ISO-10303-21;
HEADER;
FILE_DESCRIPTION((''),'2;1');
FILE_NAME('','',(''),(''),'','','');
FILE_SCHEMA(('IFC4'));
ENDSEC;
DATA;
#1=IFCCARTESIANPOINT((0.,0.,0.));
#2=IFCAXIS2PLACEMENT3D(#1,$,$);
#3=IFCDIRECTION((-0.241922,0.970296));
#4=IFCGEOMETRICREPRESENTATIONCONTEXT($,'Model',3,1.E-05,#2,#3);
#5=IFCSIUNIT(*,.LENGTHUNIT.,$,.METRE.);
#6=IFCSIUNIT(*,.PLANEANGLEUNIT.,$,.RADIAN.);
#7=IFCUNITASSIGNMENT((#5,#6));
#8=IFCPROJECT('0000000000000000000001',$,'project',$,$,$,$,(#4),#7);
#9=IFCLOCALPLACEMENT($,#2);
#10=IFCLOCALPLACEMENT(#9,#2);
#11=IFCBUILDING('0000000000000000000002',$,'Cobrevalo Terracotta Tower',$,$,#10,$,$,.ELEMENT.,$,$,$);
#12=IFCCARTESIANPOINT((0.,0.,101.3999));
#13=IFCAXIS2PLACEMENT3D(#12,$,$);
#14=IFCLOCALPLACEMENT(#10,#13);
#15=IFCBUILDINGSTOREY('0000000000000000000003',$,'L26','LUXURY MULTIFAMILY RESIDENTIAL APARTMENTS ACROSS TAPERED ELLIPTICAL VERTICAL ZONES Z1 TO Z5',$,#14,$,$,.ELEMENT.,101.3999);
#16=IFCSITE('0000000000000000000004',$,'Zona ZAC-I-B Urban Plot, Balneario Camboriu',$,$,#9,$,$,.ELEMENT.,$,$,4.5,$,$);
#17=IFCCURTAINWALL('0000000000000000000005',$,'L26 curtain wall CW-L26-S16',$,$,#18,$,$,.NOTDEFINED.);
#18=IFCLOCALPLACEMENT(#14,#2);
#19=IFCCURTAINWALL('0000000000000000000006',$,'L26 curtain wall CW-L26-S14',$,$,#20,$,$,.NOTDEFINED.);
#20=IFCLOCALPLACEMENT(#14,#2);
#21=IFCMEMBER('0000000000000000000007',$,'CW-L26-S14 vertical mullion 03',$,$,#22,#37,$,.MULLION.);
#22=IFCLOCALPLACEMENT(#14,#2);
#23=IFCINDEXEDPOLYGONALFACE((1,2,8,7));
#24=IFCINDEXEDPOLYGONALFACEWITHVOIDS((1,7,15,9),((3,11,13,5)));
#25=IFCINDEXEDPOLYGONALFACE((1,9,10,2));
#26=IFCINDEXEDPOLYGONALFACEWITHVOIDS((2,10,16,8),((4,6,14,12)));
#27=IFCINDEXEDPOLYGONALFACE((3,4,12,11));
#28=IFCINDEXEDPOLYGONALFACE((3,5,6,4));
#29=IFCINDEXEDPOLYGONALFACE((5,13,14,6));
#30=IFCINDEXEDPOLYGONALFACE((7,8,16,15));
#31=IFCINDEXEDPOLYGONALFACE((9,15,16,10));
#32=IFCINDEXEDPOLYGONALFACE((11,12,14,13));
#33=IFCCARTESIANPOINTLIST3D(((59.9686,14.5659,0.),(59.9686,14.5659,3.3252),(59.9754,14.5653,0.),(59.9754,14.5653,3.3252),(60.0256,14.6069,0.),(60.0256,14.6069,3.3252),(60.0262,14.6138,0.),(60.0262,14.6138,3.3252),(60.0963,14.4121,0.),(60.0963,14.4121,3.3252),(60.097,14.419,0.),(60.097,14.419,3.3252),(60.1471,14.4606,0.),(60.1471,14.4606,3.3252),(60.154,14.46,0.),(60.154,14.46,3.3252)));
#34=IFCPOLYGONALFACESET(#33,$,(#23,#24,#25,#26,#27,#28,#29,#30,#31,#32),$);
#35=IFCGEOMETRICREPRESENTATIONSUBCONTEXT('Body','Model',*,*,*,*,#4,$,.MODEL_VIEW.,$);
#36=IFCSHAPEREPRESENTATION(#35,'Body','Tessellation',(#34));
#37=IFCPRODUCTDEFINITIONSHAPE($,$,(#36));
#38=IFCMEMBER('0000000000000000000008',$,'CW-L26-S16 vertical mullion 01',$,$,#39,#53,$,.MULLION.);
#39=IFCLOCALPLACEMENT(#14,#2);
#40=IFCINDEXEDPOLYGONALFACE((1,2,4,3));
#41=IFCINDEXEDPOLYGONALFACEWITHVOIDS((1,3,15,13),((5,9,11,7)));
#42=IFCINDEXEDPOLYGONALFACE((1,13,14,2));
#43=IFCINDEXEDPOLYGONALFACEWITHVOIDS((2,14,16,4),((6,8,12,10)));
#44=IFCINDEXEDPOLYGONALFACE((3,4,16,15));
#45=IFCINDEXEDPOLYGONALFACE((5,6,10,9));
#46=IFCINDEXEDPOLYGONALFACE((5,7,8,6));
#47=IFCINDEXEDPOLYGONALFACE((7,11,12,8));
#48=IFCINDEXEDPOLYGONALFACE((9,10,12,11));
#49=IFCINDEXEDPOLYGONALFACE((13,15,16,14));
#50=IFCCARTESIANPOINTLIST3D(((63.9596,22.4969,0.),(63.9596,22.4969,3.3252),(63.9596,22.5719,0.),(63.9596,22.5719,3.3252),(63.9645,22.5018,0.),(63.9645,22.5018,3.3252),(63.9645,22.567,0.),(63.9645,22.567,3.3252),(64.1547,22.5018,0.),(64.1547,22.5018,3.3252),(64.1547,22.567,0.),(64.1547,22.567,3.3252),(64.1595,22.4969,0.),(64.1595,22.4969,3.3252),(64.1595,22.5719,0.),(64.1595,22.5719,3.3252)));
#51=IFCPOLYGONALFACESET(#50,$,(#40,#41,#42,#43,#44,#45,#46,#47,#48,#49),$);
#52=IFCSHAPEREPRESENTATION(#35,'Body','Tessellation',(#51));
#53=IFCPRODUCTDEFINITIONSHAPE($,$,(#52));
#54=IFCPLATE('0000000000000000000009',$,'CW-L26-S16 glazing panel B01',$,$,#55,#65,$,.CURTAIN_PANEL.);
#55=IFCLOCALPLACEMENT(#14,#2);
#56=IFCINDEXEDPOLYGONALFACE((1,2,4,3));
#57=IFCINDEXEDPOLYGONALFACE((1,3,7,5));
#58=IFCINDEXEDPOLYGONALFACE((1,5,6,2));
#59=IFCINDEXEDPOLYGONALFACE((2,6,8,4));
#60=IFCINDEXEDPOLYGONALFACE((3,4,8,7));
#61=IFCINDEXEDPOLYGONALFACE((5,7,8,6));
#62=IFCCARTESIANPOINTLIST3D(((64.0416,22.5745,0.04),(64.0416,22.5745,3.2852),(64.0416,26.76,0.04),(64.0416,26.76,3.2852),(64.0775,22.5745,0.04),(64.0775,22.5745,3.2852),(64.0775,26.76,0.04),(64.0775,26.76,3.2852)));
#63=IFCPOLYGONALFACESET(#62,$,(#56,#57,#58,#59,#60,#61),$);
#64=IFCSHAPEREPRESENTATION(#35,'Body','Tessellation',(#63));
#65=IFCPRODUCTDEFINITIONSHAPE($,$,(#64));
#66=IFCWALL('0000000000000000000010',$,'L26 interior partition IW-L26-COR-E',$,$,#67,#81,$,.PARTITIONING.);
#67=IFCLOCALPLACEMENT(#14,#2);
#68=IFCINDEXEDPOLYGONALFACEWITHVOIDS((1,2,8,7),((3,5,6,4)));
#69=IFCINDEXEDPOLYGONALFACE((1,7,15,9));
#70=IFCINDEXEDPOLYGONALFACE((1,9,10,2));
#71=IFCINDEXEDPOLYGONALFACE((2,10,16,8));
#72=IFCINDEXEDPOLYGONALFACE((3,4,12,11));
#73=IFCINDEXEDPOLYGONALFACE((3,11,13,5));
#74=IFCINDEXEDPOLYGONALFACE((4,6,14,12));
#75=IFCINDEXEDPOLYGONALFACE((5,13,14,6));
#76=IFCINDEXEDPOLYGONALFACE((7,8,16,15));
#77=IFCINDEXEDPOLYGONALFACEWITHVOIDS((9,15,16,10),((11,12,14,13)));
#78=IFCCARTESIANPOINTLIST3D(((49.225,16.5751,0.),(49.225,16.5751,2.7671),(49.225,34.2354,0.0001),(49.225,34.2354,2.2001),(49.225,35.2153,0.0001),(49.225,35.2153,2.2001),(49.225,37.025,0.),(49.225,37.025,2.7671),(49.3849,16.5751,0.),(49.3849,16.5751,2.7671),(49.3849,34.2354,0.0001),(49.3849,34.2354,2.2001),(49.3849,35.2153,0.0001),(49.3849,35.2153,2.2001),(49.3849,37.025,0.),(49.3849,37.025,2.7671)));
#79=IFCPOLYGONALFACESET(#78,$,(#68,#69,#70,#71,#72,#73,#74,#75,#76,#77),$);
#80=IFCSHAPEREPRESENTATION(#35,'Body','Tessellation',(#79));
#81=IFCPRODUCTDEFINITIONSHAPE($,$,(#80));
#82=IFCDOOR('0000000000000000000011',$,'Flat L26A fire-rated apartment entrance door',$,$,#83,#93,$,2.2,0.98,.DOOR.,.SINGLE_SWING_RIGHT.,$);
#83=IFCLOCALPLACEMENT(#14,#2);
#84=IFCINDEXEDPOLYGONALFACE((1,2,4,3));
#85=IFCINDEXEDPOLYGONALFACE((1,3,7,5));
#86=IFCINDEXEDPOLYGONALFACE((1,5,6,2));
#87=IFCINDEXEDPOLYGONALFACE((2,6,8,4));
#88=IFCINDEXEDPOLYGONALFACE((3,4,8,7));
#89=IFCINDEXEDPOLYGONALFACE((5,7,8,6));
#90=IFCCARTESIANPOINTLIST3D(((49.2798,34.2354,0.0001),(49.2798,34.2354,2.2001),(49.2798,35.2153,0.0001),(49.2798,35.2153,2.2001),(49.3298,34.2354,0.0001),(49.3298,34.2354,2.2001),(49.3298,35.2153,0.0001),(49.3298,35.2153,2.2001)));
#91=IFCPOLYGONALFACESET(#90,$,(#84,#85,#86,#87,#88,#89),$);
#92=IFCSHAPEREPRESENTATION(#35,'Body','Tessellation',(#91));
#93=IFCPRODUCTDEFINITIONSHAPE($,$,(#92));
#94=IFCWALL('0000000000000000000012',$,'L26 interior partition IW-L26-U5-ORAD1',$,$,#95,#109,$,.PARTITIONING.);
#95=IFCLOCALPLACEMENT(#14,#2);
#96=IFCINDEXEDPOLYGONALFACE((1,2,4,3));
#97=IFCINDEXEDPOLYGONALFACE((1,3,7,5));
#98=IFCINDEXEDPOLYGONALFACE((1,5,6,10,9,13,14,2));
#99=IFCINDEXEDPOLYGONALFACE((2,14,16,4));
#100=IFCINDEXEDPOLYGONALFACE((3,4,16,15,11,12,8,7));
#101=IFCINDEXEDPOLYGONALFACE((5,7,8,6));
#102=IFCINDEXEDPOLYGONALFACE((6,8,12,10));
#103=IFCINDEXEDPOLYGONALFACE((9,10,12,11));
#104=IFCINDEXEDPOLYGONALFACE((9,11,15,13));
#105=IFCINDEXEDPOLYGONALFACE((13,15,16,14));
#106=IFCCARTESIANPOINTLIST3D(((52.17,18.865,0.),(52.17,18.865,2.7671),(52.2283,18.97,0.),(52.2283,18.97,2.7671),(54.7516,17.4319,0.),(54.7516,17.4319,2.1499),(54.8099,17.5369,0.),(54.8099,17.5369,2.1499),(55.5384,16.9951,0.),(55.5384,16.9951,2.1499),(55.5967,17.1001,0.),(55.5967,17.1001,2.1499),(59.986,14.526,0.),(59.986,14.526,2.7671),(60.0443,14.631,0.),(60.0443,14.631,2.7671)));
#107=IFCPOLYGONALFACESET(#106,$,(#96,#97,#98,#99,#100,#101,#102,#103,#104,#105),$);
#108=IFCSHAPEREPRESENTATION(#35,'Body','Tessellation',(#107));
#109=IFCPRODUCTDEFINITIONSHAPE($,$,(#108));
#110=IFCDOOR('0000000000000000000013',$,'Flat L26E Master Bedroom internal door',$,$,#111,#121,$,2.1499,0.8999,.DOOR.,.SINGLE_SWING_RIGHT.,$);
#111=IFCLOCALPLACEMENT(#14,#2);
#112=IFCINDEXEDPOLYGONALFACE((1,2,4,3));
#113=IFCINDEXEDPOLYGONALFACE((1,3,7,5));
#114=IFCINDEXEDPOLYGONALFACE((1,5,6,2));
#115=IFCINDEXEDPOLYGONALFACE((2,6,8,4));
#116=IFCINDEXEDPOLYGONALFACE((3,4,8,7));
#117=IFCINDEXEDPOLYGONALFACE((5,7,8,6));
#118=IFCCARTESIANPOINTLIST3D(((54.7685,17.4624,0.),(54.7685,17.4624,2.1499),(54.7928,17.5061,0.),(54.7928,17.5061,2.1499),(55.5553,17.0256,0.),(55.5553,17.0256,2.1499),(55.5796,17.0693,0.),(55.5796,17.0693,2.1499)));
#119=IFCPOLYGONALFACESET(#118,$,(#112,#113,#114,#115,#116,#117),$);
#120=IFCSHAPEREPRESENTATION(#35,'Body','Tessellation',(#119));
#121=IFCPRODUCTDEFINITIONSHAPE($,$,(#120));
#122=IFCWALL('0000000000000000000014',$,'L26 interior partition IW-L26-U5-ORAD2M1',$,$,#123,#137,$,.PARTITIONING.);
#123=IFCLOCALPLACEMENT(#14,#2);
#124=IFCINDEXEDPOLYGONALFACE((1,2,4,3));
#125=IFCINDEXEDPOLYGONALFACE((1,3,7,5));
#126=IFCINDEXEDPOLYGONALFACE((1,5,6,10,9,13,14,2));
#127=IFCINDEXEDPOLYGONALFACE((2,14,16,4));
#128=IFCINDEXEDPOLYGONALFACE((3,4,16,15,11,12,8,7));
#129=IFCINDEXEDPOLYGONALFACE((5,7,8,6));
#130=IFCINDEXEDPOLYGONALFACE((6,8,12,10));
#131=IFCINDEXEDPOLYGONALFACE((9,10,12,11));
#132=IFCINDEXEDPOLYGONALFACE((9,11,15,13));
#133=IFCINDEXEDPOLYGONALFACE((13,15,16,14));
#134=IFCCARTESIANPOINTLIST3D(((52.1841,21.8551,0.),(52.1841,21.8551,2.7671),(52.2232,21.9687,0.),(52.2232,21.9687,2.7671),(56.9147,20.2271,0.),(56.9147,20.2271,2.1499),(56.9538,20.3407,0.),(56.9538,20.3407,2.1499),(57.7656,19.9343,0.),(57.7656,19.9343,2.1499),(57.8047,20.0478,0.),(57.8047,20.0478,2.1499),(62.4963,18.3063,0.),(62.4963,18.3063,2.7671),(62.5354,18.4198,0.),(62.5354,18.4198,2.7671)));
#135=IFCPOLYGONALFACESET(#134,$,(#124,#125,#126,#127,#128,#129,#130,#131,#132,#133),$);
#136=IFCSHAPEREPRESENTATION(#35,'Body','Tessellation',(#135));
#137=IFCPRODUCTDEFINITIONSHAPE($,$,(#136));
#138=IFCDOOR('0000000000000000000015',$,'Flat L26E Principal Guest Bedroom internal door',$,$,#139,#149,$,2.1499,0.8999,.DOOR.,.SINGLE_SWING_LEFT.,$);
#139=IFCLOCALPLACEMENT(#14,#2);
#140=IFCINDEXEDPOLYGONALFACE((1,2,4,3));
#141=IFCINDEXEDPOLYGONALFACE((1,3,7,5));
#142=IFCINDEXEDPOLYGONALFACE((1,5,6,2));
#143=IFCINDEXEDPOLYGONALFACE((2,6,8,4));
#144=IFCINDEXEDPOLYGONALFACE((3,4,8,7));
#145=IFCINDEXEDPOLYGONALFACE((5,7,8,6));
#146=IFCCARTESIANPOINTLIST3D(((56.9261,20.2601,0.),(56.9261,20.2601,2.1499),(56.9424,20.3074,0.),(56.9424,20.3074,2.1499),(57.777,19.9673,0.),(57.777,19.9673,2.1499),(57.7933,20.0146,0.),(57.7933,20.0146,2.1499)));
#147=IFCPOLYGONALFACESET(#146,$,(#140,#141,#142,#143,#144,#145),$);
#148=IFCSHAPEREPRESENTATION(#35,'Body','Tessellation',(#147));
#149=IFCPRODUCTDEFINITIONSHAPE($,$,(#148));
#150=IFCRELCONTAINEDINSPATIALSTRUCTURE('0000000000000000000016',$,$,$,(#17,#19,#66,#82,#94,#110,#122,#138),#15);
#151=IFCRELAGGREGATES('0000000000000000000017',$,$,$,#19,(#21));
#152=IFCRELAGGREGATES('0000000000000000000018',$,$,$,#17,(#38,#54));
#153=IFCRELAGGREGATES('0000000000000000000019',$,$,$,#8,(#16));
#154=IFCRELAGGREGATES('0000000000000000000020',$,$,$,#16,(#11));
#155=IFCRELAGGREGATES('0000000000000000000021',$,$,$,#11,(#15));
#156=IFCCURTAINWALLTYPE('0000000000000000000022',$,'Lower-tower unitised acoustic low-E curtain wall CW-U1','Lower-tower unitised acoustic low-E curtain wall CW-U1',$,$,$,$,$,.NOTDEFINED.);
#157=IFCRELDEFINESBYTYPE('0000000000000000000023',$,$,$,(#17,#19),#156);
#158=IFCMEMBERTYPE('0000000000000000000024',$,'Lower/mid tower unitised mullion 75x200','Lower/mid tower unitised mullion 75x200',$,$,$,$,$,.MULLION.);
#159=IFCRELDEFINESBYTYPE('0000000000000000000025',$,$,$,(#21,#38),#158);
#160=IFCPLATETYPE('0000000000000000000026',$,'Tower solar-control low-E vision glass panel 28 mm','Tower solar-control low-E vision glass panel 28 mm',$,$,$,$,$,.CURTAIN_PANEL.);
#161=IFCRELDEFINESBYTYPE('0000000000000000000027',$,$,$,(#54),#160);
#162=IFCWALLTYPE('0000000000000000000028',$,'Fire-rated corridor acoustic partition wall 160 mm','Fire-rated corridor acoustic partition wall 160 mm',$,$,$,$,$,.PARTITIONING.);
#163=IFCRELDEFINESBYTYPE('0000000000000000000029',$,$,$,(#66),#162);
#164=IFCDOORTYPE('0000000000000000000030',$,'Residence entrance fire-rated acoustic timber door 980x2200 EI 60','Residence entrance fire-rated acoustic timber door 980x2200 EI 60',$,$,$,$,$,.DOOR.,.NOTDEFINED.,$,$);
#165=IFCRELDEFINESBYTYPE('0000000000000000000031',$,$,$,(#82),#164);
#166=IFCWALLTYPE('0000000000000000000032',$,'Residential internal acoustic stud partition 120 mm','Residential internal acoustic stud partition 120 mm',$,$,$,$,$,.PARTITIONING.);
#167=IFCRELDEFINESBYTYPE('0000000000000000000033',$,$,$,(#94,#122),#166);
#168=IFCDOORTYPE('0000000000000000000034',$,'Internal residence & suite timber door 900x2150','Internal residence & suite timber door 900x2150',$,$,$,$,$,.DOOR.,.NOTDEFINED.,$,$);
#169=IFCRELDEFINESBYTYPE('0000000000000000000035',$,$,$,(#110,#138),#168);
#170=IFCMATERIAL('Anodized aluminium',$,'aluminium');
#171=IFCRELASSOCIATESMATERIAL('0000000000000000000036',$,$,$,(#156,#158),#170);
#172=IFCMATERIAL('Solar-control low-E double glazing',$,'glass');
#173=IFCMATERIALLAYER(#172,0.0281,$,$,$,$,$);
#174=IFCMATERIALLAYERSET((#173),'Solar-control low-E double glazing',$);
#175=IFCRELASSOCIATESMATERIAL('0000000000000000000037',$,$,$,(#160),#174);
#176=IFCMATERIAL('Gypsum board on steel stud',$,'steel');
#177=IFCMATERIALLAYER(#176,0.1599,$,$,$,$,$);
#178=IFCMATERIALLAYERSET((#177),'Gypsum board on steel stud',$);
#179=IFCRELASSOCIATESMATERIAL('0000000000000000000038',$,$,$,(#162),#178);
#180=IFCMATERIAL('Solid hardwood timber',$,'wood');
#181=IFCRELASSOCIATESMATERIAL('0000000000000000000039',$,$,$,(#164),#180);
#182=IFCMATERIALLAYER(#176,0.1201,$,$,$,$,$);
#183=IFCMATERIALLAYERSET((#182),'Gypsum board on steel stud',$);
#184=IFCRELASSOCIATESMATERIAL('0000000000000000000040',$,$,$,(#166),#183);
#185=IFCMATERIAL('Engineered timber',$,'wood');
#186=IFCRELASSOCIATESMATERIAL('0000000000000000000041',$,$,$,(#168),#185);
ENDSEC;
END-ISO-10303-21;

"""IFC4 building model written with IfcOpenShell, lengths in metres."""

from ifc_helpers import new_model, si_unit, direction, frame, frame_2d, origin, origin_2d, place, context, subcontext, project, spatial, rectangle, hollow_rectangle, extrude, source, transform, mapped, material, layer, layer_set, material_profile, profile_set, type_object, element, fill, aggregate, save


model = new_model("IFC4")

# Units and contexts
model_context = context("Model", 3, precision=1e-05, world=origin(), true_north=direction((-0.241922, 0.970296)))
body_context = subcontext(model_context, "Body", "Model", "MODEL_VIEW")
ifc_project = project(units=[si_unit("LENGTHUNIT", "METRE"), si_unit("PLANEANGLEUNIT", "RADIAN")], contexts=[model_context])

# Site, building, storey
site_placement = place(None, origin())
site = spatial("IfcSite", under=ifc_project, at=site_placement, Name="Zona ZAC-I-B Urban Plot, Balneario Camboriu", CompositionType="ELEMENT", RefElevation=4.5)
building_placement = place(site_placement, origin())
building = spatial("IfcBuilding", under=site, at=building_placement, Name="Cobrevalo Terracotta Tower", CompositionType="ELEMENT")
storey_placement = place(building_placement, frame((0.0, 0.0, 101.3999)))
storey = spatial("IfcBuildingStorey", under=building, at=storey_placement, Name="L26", Description="LUXURY MULTIFAMILY RESIDENTIAL APARTMENTS ACROSS TAPERED ELLIPTICAL VERTICAL ZONES Z1 TO Z5", CompositionType="ELEMENT", Elevation=101.3999)

# Curtain wall
ifc_material_1 = material(Name="Anodized aluminium", Category="aluminium")
curtain_wall_type = type_object("IfcCurtainWallType", Name="Lower-tower unitised acoustic low-E curtain wall CW-U1", Description="Lower-tower unitised acoustic low-E curtain wall CW-U1", PredefinedType="NOTDEFINED", material=ifc_material_1)
curtain_wall_1_placement = place(storey_placement, origin())
curtain_wall_1 = element("IfcCurtainWall", 1, at=curtain_wall_1_placement, inside=storey, type_object=curtain_wall_type, Name="L26 curtain wall CW-L26-S16", PredefinedType="NOTDEFINED")

# Curtain wall, member
curtain_wall_2_placement = place(storey_placement, origin())
curtain_wall_2 = element("IfcCurtainWall", 2, at=curtain_wall_2_placement, inside=storey, type_object=curtain_wall_type, Name="L26 curtain wall CW-L26-S14", PredefinedType="NOTDEFINED")
ifc_material_profile_1 = material_profile(ifc_material_1, hollow_rectangle(XDim=0.075, YDim=0.2, WallThickness=0.0049, at=origin_2d()), Name="CWM 75x200")
ifc_profile_set_1 = profile_set([ifc_material_profile_1], Name="Anodized aluminium")
member_type_1 = type_object("IfcMemberType", Name="Lower/mid tower unitised mullion 75x200", Description="Lower/mid tower unitised mullion 75x200", PredefinedType="MULLION", material=ifc_profile_set_1)
shared_shape_1 = source(origin(), body_context, "Body", "SweptSolid", [
    extrude(hollow_rectangle(XDim=0.075, YDim=0.2, WallThickness=0.0049, at=origin_2d()), origin(), (0.0, 0.0, 1.0), 3.3252),
])
member_1_placement = place(storey_placement, frame((60.0613, 14.5129, 0.0), z_axis=(0.0, 0.0, 1.0), x_axis=(0.769243, 0.638956, 0.0)))
member_1 = element("IfcMember", 3, at=member_1_placement, type_object=member_type_1, Name="CW-L26-S14 vertical mullion 03", PredefinedType="MULLION", context=body_context, shape_type="MappedRepresentation", body=[
    mapped(shared_shape_1, transform((0.0, 0.0, 0.0), scale=1.0)),
])
aggregate(curtain_wall_2, [member_1])

# Member
member_2_placement = place(storey_placement, frame((64.0596, 22.5344, 0.0), z_axis=(0.0, 0.0, 1.0), x_axis=(0.0, 1.0, 0.0)))
member_2 = element("IfcMember", 4, at=member_2_placement, type_object=member_type_1, Name="CW-L26-S16 vertical mullion 01", PredefinedType="MULLION", context=body_context, shape_type="MappedRepresentation", body=[
    mapped(shared_shape_1, transform((0.0, 0.0, 0.0), scale=1.0)),
])

# Plate
ifc_material_2 = material(Name="Solar-control low-E double glazing", Category="glass")
ifc_layer_1 = layer(ifc_material_2, 0.0281)
ifc_layer_set_1 = layer_set([ifc_layer_1], Name="Solar-control low-E double glazing")
plate_type = type_object("IfcPlateType", Name="Tower solar-control low-E vision glass panel 28 mm", Description="Tower solar-control low-E vision glass panel 28 mm", PredefinedType="CURTAIN_PANEL", material=ifc_layer_set_1)
shared_shape_2 = source(origin(), body_context, "Body", "SweptSolid", [
    extrude(rectangle(XDim=4.1855, YDim=0.0359, at=origin_2d()), origin(), (0.0, 0.0, 1.0), 3.2451),
])
plate_placement = place(storey_placement, frame((64.0596, 24.6672, 0.04), z_axis=(0.0, 0.0, 1.0), x_axis=(0.0, 1.0, 0.0)))
plate = element("IfcPlate", 5, at=plate_placement, type_object=plate_type, Name="CW-L26-S16 glazing panel B01", PredefinedType="CURTAIN_PANEL", context=body_context, shape_type="MappedRepresentation", body=[
    mapped(shared_shape_2, transform((0.0, 0.0, 0.0), scale=1.0)),
])
aggregate(curtain_wall_1, [member_2, plate])

# Walls, openings, doors
ifc_material_3 = material(Name="Gypsum board on steel stud", Category="steel")
ifc_layer_2 = layer(ifc_material_3, 0.1599)
ifc_layer_set_2 = layer_set([ifc_layer_2], Name="Gypsum board on steel stud")
wall_type_1 = type_object("IfcWallType", Name="Fire-rated corridor acoustic partition wall 160 mm", Description="Fire-rated corridor acoustic partition wall 160 mm", PredefinedType="PARTITIONING", material=ifc_layer_set_2)
wall_1_placement = place(storey_placement, frame((49.3049, 16.575, 0.0), z_axis=(0.0, 0.0, 1.0), x_axis=(0.0, 1.0, 0.0)))
wall_1 = element("IfcWall", 6, at=wall_1_placement, inside=storey, type_object=wall_type_1, Name="L26 interior partition IW-L26-COR-E", PredefinedType="PARTITIONING", context=body_context, shape_type="SweptSolid", body=[
    extrude(rectangle(XDim=20.45, YDim=0.1599, at=frame_2d((10.2251, 0.0))), origin(), (0.0, 0.0, 1.0), 2.7671),
])
opening_1_placement = place(wall_1_placement, frame((17.6604, 0.0, 0.0)))
opening_1 = element("IfcOpeningElement", 7, at=opening_1_placement, cuts=wall_1, PredefinedType="OPENING", context=body_context, shape_type="SweptSolid", body=[
    extrude(rectangle(XDim=0.98, YDim=2.2, at=frame_2d((0.49, 1.1001))), frame((0.0, 0.0898, 0.0), z_axis=(0.0, -1.0, 0.0), x_axis=(1.0, 0.0, 0.0)), (0.0, 0.0, 1.0), 0.1799),
])
ifc_material_4 = material(Name="Solid hardwood timber", Category="wood")
door_type_1 = type_object("IfcDoorType", Name="Residence entrance fire-rated acoustic timber door 980x2200 EI 60", Description="Residence entrance fire-rated acoustic timber door 980x2200 EI 60", OperationType="NOTDEFINED", PredefinedType="DOOR", material=ifc_material_4)
shared_shape_3 = source(origin(), body_context, "Body", "SweptSolid", [
    extrude(rectangle(XDim=0.98, YDim=2.2, at=frame_2d((0.49, 1.1001))), frame((0.0, 0.0249, 0.0), z_axis=(0.0, -1.0, 0.0), x_axis=(1.0, 0.0, 0.0)), (0.0, 0.0, 1.0), 0.05),
])
door_1_placement = place(opening_1_placement, frame((0.98, 0.0, 0.0), z_axis=(0.0, 0.0, 1.0), x_axis=(-1.0, 0.0, 0.0)))
door_1 = element("IfcDoor", 8, at=door_1_placement, inside=storey, type_object=door_type_1, Name="Flat L26A fire-rated apartment entrance door", OperationType="SINGLE_SWING_RIGHT", OverallHeight=2.2, OverallWidth=0.98, PredefinedType="DOOR", context=body_context, shape_type="MappedRepresentation", body=[
    mapped(shared_shape_3, transform((0.0, 0.0, 0.0), scale=1.0)),
])
fill(opening_1, door_1)
ifc_layer_3 = layer(ifc_material_3, 0.1201)
ifc_layer_set_3 = layer_set([ifc_layer_3], Name="Gypsum board on steel stud")
wall_type_2 = type_object("IfcWallType", Name="Residential internal acoustic stud partition 120 mm", Description="Residential internal acoustic stud partition 120 mm", PredefinedType="PARTITIONING", material=ifc_layer_set_3)
wall_2_placement = place(storey_placement, frame((52.1992, 18.9175, 0.0), z_axis=(0.0, 0.0, 1.0), x_axis=(0.874309, -0.485369, 0.0)))
wall_2 = element("IfcWall", 9, at=wall_2_placement, inside=storey, type_object=wall_type_2, Name="L26 interior partition IW-L26-U5-ORAD1", PredefinedType="PARTITIONING", context=body_context, shape_type="SweptSolid", body=[
    extrude(rectangle(XDim=8.9397, YDim=0.1201, at=frame_2d((4.4697, 0.0))), origin(), (0.0, 0.0, 1.0), 2.7671),
])
opening_2_placement = place(wall_2_placement, frame((2.9526, 0.0, 0.0)))
opening_2 = element("IfcOpeningElement", 10, at=opening_2_placement, cuts=wall_2, PredefinedType="OPENING", context=body_context, shape_type="SweptSolid", body=[
    extrude(rectangle(XDim=0.8999, YDim=2.1499, at=frame_2d((0.45, 1.075))), frame((0.0, 0.0701, 0.0), z_axis=(0.0, -1.0, 0.0), x_axis=(1.0, 0.0, 0.0)), (0.0, 0.0, 1.0), 0.1401),
])
ifc_material_5 = material(Name="Engineered timber", Category="wood")
door_type_2 = type_object("IfcDoorType", Name="Internal residence & suite timber door 900x2150", Description="Internal residence & suite timber door 900x2150", OperationType="NOTDEFINED", PredefinedType="DOOR", material=ifc_material_5)
shared_shape_4 = source(origin(), body_context, "Body", "SweptSolid", [
    extrude(rectangle(XDim=0.8999, YDim=2.1499, at=frame_2d((0.45, 1.075))), frame((0.0, 0.0249, 0.0), z_axis=(0.0, -1.0, 0.0), x_axis=(1.0, 0.0, 0.0)), (0.0, 0.0, 1.0), 0.05),
])
door_2_placement = place(opening_2_placement, origin())
door_2 = element("IfcDoor", 11, at=door_2_placement, inside=storey, type_object=door_type_2, Name="Flat L26E Master Bedroom internal door", OperationType="SINGLE_SWING_RIGHT", OverallHeight=2.1499, OverallWidth=0.8999, PredefinedType="DOOR", context=body_context, shape_type="MappedRepresentation", body=[
    mapped(shared_shape_4, transform((0.0, 0.0, 0.0), scale=1.0)),
])
fill(opening_2, door_2)
wall_3_placement = place(storey_placement, frame((52.2036, 21.9119, 0.0), z_axis=(0.0, 0.0, 1.0), x_axis=(0.945574, -0.325407, 0.0)))
wall_3 = element("IfcWall", 12, at=wall_3_placement, inside=storey, type_object=wall_type_2, Name="L26 interior partition IW-L26-U5-ORAD2M1", PredefinedType="PARTITIONING", context=body_context, shape_type="SweptSolid", body=[
    extrude(rectangle(XDim=10.9058, YDim=0.1201, at=frame_2d((5.4529, 0.0))), origin(), (0.0, 0.0, 1.0), 2.7671),
])
opening_3_placement = place(wall_3_placement, frame((5.0029, 0.0, 0.0)))
opening_3 = element("IfcOpeningElement", 13, at=opening_3_placement, cuts=wall_3, PredefinedType="OPENING", context=body_context, shape_type="SweptSolid", body=[
    extrude(rectangle(XDim=0.8999, YDim=2.1499, at=frame_2d((0.45, 1.075))), frame((0.0, 0.0701, 0.0), z_axis=(0.0, -1.0, 0.0), x_axis=(1.0, 0.0, 0.0)), (0.0, 0.0, 1.0), 0.1401),
])
door_3_placement = place(opening_3_placement, origin())
door_3 = element("IfcDoor", 14, at=door_3_placement, inside=storey, type_object=door_type_2, Name="Flat L26E Principal Guest Bedroom internal door", OperationType="SINGLE_SWING_LEFT", OverallHeight=2.1499, OverallWidth=0.8999, PredefinedType="DOOR", context=body_context, shape_type="MappedRepresentation", body=[
    mapped(shared_shape_4, transform((0.0, 0.0, 0.0), scale=1.0)),
])
fill(opening_3, door_3)

save(model, "model.ifc")
